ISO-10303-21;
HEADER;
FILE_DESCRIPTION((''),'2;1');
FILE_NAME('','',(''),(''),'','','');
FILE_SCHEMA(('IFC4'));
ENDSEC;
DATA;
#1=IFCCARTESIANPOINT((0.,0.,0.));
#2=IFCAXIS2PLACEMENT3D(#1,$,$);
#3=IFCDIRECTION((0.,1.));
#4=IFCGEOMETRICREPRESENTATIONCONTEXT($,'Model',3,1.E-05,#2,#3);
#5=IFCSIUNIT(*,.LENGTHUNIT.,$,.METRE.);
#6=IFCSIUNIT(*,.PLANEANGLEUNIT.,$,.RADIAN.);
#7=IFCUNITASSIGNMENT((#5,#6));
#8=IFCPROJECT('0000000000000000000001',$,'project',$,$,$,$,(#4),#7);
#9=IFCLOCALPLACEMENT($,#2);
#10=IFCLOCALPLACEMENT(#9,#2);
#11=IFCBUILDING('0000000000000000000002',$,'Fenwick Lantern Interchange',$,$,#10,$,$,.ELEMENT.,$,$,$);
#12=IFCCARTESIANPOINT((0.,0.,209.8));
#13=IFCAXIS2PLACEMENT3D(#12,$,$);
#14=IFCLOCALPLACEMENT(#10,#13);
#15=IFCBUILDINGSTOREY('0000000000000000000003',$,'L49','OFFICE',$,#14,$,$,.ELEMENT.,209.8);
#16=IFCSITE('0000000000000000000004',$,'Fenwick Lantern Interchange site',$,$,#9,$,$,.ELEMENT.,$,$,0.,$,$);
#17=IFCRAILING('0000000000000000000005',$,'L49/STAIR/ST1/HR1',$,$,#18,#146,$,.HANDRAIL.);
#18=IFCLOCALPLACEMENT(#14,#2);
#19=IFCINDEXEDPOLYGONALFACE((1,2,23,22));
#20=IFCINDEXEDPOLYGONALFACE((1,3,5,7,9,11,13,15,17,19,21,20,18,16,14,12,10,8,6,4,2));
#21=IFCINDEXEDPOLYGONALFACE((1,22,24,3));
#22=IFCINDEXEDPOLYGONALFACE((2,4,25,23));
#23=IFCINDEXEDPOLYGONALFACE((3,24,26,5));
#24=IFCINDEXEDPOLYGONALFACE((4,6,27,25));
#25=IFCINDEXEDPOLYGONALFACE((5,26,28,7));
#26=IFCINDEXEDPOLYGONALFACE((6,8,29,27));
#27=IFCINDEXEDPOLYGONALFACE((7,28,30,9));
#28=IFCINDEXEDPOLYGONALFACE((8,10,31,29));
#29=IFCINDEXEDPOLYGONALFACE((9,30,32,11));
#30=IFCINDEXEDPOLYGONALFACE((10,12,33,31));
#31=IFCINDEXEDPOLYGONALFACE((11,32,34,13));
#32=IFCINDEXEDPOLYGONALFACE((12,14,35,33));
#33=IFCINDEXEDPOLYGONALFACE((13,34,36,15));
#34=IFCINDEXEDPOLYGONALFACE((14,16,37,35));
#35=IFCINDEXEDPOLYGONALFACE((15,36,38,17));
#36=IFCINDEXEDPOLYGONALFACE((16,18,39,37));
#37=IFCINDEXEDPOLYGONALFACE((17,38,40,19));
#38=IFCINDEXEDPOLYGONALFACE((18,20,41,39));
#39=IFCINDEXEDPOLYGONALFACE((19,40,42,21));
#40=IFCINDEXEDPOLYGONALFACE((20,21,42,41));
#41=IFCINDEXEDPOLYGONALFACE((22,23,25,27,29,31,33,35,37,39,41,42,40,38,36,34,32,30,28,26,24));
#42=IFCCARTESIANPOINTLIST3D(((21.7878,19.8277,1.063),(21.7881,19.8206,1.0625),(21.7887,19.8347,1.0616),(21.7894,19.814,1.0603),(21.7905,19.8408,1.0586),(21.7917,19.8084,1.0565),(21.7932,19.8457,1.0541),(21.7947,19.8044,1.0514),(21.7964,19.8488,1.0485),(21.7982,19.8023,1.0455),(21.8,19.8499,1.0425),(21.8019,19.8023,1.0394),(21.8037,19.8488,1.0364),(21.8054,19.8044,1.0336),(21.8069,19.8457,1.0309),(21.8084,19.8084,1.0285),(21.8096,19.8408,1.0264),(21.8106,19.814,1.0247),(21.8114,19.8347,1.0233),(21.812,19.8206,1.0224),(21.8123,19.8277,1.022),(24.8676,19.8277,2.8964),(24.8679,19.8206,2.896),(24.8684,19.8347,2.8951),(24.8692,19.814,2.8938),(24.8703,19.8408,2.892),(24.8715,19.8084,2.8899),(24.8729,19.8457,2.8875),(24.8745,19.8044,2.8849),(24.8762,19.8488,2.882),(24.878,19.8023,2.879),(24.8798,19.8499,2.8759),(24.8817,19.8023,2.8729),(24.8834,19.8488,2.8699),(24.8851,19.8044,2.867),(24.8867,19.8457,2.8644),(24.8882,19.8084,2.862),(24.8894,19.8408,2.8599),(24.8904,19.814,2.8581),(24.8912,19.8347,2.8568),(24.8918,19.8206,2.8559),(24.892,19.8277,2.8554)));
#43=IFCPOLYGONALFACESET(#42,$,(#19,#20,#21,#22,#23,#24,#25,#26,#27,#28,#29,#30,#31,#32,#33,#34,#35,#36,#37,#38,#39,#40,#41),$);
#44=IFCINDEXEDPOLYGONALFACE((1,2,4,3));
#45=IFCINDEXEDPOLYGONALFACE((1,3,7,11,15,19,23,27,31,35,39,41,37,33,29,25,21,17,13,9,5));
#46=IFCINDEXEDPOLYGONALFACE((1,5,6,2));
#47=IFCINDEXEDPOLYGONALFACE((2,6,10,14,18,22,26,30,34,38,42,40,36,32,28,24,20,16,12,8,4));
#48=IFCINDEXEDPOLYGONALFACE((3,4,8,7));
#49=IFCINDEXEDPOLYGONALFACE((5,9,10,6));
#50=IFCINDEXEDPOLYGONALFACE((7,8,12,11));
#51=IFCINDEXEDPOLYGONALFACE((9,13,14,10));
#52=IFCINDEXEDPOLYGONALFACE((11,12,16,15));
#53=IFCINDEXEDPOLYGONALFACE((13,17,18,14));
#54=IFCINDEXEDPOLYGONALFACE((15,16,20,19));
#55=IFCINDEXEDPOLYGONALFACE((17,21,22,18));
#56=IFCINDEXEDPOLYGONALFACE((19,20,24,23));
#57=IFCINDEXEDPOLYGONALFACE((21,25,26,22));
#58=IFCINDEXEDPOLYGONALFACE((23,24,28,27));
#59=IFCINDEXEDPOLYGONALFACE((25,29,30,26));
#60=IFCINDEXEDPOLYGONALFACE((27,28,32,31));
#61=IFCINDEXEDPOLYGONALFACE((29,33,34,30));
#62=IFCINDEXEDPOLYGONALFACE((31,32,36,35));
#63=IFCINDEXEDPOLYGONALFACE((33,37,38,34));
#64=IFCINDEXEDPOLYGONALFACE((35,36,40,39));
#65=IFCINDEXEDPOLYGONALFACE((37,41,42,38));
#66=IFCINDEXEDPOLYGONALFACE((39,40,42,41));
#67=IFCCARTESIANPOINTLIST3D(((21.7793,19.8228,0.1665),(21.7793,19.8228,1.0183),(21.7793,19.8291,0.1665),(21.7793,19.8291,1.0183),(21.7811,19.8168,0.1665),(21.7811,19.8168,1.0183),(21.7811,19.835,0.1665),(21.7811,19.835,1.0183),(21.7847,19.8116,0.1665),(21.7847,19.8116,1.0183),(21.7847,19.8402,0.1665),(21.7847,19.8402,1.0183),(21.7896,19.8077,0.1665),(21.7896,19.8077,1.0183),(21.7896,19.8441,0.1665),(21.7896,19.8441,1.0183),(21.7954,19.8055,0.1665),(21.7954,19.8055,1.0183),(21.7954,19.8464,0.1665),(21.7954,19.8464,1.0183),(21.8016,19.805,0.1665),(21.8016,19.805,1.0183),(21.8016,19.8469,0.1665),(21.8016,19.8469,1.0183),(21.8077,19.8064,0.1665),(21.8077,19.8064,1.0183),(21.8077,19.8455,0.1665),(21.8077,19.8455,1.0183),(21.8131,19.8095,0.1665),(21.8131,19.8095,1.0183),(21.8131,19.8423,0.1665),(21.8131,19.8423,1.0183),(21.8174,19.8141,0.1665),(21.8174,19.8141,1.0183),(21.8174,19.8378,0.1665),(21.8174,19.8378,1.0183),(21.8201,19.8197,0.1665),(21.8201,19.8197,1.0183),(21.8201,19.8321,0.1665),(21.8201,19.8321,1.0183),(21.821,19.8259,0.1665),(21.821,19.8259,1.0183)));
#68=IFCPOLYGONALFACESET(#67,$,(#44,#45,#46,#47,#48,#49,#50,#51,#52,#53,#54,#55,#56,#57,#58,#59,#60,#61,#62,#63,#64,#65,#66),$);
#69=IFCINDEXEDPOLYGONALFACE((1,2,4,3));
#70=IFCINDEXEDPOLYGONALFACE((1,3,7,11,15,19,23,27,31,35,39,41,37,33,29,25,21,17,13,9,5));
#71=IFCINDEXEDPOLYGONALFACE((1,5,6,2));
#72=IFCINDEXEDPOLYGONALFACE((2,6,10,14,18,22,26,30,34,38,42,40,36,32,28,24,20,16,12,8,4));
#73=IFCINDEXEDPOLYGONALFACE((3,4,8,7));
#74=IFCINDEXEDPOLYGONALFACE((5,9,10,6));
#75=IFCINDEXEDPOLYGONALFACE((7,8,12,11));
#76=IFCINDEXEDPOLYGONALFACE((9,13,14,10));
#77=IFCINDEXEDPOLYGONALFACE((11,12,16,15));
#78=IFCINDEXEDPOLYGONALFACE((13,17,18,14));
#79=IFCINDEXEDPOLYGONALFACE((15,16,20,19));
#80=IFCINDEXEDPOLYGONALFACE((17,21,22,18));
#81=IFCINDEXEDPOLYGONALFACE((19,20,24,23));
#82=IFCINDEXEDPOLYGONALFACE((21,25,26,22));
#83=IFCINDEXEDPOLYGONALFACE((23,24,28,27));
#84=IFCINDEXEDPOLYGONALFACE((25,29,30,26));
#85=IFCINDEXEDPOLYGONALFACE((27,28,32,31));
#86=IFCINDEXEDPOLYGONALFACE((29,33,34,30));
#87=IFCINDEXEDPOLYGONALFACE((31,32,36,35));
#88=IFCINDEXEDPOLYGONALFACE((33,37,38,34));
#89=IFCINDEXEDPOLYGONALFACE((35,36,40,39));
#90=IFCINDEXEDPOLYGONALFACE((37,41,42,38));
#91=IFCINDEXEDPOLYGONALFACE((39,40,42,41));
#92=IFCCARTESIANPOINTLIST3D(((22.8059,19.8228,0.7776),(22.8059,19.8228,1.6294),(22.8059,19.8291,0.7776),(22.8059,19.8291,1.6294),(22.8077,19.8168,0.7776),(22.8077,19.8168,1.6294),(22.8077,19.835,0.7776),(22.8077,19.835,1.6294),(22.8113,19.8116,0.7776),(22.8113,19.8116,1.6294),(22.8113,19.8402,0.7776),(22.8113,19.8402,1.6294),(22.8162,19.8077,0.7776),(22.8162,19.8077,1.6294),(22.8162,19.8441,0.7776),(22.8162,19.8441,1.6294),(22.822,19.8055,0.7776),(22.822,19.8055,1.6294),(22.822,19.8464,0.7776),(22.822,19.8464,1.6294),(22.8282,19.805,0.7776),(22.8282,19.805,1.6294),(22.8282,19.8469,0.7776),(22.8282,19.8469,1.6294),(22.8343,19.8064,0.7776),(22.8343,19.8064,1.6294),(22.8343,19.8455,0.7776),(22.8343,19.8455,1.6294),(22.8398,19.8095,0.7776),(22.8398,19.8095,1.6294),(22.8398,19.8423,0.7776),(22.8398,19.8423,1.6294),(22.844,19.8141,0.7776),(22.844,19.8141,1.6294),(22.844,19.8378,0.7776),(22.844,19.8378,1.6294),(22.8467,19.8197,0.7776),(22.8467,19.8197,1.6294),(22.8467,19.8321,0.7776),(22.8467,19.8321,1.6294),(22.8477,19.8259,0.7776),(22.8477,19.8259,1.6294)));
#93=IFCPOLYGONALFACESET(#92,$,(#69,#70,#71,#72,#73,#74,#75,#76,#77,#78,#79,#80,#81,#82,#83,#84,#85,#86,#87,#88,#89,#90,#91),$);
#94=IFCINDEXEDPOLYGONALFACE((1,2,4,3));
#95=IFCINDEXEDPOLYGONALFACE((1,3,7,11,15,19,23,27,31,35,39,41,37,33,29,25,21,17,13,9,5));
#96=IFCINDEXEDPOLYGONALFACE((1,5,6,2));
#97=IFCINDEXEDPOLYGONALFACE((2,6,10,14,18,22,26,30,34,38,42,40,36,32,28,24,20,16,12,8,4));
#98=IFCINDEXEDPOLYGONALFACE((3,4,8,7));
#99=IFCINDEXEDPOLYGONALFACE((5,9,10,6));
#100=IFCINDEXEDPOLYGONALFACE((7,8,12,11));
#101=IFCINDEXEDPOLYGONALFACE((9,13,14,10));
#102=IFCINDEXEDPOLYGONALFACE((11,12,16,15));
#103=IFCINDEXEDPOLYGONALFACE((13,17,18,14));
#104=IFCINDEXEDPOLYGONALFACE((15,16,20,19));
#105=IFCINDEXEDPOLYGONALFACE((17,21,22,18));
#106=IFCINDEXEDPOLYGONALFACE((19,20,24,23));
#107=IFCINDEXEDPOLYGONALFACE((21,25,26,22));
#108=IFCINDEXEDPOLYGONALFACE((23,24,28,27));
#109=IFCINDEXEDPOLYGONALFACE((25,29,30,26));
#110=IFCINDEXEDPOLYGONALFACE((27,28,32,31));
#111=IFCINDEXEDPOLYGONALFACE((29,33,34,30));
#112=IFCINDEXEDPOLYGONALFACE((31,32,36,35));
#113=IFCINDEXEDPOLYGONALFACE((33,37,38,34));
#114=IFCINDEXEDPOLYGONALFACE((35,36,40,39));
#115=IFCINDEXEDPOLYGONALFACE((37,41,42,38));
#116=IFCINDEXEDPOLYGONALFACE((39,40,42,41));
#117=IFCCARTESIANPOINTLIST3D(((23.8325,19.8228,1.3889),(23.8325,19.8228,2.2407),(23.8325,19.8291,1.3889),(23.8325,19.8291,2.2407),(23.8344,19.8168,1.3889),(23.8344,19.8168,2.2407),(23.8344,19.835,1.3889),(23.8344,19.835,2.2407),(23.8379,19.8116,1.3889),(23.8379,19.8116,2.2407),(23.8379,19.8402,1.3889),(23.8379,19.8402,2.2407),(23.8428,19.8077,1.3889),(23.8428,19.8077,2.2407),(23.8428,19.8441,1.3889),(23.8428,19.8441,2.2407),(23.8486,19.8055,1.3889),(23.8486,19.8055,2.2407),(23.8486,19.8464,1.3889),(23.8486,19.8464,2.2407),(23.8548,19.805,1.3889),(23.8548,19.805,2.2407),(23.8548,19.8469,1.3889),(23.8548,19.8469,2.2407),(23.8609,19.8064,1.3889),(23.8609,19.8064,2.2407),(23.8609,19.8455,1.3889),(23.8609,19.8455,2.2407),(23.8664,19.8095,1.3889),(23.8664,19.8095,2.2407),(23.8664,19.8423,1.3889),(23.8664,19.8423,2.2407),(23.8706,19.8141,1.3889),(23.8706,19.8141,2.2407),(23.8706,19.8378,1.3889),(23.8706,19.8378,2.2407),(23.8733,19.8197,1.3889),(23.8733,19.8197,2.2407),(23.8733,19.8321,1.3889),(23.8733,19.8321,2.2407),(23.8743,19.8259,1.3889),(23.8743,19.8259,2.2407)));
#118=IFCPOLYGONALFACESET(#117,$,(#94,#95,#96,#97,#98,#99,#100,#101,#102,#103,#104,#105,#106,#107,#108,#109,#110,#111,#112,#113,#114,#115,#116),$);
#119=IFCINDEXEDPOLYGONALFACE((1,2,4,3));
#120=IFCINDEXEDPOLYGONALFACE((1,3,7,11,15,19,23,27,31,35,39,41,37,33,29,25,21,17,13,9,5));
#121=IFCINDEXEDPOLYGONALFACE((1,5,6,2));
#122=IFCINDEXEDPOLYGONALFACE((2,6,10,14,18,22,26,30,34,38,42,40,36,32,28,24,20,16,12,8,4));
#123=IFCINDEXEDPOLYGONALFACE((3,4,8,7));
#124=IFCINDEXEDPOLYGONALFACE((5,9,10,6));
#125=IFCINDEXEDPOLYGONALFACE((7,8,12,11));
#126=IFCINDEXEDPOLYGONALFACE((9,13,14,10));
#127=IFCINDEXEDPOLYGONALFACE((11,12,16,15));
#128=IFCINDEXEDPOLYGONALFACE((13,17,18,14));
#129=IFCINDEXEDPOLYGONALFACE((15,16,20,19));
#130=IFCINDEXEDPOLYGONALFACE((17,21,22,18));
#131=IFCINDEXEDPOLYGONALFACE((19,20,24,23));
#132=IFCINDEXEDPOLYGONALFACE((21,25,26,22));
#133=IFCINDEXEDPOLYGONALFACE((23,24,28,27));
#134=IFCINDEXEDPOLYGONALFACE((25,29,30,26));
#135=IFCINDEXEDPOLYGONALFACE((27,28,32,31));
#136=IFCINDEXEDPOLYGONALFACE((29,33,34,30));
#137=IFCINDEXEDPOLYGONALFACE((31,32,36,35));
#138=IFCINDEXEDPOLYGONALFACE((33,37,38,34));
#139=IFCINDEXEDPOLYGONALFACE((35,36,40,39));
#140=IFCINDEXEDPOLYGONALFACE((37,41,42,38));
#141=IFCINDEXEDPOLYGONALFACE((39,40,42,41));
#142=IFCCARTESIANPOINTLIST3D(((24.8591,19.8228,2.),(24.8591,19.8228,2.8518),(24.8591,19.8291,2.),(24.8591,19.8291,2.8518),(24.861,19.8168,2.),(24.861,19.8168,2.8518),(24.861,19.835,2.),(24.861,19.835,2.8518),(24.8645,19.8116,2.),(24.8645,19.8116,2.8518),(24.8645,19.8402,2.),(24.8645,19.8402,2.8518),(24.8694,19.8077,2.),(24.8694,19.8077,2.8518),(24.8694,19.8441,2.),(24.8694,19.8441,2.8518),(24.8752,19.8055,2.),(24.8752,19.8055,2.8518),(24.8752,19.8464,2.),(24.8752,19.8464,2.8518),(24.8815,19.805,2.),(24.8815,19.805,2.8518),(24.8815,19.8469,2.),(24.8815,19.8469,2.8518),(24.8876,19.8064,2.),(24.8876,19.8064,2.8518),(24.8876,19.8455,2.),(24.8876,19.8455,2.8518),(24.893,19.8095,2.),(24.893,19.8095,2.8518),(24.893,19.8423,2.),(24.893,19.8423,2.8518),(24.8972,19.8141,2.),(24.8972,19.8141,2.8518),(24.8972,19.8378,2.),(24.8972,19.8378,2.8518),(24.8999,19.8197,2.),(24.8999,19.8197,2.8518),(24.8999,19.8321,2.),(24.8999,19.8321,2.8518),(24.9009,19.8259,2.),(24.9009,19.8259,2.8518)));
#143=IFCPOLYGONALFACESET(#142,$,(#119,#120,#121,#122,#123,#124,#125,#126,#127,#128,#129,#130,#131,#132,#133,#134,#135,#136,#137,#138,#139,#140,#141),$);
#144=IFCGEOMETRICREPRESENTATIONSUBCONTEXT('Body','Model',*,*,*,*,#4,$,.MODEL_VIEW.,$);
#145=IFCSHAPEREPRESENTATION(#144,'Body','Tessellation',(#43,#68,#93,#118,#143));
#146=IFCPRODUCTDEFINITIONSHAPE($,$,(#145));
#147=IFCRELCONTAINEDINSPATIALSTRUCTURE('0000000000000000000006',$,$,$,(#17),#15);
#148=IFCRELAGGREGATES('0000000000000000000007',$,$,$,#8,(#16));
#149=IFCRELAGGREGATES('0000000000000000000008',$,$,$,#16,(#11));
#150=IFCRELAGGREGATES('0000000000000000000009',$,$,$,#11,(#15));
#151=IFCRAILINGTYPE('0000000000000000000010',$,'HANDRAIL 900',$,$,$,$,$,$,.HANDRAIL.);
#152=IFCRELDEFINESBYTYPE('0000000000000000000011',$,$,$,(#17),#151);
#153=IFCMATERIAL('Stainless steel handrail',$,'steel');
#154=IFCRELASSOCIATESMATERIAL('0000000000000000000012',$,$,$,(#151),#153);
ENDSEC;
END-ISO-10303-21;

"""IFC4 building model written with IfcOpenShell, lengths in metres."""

from ifc_helpers import new_model, si_unit, direction, frame, origin, origin_2d, place, context, subcontext, project, spatial, circle, extrude, material, type_object, element, save


model = new_model("IFC4")

# Units and contexts
model_context = context("Model", 3, precision=1e-05, world=origin(), true_north=direction((0.0, 1.0)))
body_context = subcontext(model_context, "Body", "Model", "MODEL_VIEW")
ifc_project = project(units=[si_unit("LENGTHUNIT", "METRE"), si_unit("PLANEANGLEUNIT", "RADIAN")], contexts=[model_context])

# Site, building, storey
site_placement = place(None, origin())
site = spatial("IfcSite", under=ifc_project, at=site_placement, Name="Fenwick Lantern Interchange site", CompositionType="ELEMENT", RefElevation=0.0)
building_placement = place(site_placement, origin())
building = spatial("IfcBuilding", under=site, at=building_placement, Name="Fenwick Lantern Interchange", CompositionType="ELEMENT")
storey_placement = place(building_placement, frame((0.0, 0.0, 209.8)))
storey = spatial("IfcBuildingStorey", under=building, at=storey_placement, Name="L49", Description="OFFICE", CompositionType="ELEMENT", Elevation=209.8)

# Railing
ifc_material_1 = material(Name="Stainless steel handrail", Category="steel")
railing_type = type_object("IfcRailingType", Name="HANDRAIL 900", PredefinedType="HANDRAIL", material=ifc_material_1)
railing_1_placement = place(storey_placement, frame((21.8, 19.8259, 0.1665)))
element("IfcRailing", 1, at=railing_1_placement, inside=storey, type_object=railing_type, Name="L49/STAIR/ST1/HR1", PredefinedType="HANDRAIL", context=body_context, shape_type="SweptSolid", body=[
    extrude(circle(Radius=0.0239, at=origin_2d()), frame((0.0, 0.0, 0.876), z_axis=(0.859261, 0.0, 0.511538), x_axis=(0.0, 1.0, 0.0)), (0.0, 0.0, 1.0), 3.5842),
    extrude(circle(Radius=0.021, at=origin_2d()), origin(), (0.0, 0.0, 1.0), 0.8518),
    extrude(circle(Radius=0.021, at=origin_2d()), frame((1.0266, 0.0, 0.6111)), (0.0, 0.0, 1.0), 0.8518),
    extrude(circle(Radius=0.021, at=origin_2d()), frame((2.0532, 0.0, 1.2224)), (0.0, 0.0, 1.0), 0.8518),
    extrude(circle(Radius=0.021, at=origin_2d()), frame((3.0798, 0.0, 1.8335)), (0.0, 0.0, 1.0), 0.8518),
])

save(model, "model.ifc")
